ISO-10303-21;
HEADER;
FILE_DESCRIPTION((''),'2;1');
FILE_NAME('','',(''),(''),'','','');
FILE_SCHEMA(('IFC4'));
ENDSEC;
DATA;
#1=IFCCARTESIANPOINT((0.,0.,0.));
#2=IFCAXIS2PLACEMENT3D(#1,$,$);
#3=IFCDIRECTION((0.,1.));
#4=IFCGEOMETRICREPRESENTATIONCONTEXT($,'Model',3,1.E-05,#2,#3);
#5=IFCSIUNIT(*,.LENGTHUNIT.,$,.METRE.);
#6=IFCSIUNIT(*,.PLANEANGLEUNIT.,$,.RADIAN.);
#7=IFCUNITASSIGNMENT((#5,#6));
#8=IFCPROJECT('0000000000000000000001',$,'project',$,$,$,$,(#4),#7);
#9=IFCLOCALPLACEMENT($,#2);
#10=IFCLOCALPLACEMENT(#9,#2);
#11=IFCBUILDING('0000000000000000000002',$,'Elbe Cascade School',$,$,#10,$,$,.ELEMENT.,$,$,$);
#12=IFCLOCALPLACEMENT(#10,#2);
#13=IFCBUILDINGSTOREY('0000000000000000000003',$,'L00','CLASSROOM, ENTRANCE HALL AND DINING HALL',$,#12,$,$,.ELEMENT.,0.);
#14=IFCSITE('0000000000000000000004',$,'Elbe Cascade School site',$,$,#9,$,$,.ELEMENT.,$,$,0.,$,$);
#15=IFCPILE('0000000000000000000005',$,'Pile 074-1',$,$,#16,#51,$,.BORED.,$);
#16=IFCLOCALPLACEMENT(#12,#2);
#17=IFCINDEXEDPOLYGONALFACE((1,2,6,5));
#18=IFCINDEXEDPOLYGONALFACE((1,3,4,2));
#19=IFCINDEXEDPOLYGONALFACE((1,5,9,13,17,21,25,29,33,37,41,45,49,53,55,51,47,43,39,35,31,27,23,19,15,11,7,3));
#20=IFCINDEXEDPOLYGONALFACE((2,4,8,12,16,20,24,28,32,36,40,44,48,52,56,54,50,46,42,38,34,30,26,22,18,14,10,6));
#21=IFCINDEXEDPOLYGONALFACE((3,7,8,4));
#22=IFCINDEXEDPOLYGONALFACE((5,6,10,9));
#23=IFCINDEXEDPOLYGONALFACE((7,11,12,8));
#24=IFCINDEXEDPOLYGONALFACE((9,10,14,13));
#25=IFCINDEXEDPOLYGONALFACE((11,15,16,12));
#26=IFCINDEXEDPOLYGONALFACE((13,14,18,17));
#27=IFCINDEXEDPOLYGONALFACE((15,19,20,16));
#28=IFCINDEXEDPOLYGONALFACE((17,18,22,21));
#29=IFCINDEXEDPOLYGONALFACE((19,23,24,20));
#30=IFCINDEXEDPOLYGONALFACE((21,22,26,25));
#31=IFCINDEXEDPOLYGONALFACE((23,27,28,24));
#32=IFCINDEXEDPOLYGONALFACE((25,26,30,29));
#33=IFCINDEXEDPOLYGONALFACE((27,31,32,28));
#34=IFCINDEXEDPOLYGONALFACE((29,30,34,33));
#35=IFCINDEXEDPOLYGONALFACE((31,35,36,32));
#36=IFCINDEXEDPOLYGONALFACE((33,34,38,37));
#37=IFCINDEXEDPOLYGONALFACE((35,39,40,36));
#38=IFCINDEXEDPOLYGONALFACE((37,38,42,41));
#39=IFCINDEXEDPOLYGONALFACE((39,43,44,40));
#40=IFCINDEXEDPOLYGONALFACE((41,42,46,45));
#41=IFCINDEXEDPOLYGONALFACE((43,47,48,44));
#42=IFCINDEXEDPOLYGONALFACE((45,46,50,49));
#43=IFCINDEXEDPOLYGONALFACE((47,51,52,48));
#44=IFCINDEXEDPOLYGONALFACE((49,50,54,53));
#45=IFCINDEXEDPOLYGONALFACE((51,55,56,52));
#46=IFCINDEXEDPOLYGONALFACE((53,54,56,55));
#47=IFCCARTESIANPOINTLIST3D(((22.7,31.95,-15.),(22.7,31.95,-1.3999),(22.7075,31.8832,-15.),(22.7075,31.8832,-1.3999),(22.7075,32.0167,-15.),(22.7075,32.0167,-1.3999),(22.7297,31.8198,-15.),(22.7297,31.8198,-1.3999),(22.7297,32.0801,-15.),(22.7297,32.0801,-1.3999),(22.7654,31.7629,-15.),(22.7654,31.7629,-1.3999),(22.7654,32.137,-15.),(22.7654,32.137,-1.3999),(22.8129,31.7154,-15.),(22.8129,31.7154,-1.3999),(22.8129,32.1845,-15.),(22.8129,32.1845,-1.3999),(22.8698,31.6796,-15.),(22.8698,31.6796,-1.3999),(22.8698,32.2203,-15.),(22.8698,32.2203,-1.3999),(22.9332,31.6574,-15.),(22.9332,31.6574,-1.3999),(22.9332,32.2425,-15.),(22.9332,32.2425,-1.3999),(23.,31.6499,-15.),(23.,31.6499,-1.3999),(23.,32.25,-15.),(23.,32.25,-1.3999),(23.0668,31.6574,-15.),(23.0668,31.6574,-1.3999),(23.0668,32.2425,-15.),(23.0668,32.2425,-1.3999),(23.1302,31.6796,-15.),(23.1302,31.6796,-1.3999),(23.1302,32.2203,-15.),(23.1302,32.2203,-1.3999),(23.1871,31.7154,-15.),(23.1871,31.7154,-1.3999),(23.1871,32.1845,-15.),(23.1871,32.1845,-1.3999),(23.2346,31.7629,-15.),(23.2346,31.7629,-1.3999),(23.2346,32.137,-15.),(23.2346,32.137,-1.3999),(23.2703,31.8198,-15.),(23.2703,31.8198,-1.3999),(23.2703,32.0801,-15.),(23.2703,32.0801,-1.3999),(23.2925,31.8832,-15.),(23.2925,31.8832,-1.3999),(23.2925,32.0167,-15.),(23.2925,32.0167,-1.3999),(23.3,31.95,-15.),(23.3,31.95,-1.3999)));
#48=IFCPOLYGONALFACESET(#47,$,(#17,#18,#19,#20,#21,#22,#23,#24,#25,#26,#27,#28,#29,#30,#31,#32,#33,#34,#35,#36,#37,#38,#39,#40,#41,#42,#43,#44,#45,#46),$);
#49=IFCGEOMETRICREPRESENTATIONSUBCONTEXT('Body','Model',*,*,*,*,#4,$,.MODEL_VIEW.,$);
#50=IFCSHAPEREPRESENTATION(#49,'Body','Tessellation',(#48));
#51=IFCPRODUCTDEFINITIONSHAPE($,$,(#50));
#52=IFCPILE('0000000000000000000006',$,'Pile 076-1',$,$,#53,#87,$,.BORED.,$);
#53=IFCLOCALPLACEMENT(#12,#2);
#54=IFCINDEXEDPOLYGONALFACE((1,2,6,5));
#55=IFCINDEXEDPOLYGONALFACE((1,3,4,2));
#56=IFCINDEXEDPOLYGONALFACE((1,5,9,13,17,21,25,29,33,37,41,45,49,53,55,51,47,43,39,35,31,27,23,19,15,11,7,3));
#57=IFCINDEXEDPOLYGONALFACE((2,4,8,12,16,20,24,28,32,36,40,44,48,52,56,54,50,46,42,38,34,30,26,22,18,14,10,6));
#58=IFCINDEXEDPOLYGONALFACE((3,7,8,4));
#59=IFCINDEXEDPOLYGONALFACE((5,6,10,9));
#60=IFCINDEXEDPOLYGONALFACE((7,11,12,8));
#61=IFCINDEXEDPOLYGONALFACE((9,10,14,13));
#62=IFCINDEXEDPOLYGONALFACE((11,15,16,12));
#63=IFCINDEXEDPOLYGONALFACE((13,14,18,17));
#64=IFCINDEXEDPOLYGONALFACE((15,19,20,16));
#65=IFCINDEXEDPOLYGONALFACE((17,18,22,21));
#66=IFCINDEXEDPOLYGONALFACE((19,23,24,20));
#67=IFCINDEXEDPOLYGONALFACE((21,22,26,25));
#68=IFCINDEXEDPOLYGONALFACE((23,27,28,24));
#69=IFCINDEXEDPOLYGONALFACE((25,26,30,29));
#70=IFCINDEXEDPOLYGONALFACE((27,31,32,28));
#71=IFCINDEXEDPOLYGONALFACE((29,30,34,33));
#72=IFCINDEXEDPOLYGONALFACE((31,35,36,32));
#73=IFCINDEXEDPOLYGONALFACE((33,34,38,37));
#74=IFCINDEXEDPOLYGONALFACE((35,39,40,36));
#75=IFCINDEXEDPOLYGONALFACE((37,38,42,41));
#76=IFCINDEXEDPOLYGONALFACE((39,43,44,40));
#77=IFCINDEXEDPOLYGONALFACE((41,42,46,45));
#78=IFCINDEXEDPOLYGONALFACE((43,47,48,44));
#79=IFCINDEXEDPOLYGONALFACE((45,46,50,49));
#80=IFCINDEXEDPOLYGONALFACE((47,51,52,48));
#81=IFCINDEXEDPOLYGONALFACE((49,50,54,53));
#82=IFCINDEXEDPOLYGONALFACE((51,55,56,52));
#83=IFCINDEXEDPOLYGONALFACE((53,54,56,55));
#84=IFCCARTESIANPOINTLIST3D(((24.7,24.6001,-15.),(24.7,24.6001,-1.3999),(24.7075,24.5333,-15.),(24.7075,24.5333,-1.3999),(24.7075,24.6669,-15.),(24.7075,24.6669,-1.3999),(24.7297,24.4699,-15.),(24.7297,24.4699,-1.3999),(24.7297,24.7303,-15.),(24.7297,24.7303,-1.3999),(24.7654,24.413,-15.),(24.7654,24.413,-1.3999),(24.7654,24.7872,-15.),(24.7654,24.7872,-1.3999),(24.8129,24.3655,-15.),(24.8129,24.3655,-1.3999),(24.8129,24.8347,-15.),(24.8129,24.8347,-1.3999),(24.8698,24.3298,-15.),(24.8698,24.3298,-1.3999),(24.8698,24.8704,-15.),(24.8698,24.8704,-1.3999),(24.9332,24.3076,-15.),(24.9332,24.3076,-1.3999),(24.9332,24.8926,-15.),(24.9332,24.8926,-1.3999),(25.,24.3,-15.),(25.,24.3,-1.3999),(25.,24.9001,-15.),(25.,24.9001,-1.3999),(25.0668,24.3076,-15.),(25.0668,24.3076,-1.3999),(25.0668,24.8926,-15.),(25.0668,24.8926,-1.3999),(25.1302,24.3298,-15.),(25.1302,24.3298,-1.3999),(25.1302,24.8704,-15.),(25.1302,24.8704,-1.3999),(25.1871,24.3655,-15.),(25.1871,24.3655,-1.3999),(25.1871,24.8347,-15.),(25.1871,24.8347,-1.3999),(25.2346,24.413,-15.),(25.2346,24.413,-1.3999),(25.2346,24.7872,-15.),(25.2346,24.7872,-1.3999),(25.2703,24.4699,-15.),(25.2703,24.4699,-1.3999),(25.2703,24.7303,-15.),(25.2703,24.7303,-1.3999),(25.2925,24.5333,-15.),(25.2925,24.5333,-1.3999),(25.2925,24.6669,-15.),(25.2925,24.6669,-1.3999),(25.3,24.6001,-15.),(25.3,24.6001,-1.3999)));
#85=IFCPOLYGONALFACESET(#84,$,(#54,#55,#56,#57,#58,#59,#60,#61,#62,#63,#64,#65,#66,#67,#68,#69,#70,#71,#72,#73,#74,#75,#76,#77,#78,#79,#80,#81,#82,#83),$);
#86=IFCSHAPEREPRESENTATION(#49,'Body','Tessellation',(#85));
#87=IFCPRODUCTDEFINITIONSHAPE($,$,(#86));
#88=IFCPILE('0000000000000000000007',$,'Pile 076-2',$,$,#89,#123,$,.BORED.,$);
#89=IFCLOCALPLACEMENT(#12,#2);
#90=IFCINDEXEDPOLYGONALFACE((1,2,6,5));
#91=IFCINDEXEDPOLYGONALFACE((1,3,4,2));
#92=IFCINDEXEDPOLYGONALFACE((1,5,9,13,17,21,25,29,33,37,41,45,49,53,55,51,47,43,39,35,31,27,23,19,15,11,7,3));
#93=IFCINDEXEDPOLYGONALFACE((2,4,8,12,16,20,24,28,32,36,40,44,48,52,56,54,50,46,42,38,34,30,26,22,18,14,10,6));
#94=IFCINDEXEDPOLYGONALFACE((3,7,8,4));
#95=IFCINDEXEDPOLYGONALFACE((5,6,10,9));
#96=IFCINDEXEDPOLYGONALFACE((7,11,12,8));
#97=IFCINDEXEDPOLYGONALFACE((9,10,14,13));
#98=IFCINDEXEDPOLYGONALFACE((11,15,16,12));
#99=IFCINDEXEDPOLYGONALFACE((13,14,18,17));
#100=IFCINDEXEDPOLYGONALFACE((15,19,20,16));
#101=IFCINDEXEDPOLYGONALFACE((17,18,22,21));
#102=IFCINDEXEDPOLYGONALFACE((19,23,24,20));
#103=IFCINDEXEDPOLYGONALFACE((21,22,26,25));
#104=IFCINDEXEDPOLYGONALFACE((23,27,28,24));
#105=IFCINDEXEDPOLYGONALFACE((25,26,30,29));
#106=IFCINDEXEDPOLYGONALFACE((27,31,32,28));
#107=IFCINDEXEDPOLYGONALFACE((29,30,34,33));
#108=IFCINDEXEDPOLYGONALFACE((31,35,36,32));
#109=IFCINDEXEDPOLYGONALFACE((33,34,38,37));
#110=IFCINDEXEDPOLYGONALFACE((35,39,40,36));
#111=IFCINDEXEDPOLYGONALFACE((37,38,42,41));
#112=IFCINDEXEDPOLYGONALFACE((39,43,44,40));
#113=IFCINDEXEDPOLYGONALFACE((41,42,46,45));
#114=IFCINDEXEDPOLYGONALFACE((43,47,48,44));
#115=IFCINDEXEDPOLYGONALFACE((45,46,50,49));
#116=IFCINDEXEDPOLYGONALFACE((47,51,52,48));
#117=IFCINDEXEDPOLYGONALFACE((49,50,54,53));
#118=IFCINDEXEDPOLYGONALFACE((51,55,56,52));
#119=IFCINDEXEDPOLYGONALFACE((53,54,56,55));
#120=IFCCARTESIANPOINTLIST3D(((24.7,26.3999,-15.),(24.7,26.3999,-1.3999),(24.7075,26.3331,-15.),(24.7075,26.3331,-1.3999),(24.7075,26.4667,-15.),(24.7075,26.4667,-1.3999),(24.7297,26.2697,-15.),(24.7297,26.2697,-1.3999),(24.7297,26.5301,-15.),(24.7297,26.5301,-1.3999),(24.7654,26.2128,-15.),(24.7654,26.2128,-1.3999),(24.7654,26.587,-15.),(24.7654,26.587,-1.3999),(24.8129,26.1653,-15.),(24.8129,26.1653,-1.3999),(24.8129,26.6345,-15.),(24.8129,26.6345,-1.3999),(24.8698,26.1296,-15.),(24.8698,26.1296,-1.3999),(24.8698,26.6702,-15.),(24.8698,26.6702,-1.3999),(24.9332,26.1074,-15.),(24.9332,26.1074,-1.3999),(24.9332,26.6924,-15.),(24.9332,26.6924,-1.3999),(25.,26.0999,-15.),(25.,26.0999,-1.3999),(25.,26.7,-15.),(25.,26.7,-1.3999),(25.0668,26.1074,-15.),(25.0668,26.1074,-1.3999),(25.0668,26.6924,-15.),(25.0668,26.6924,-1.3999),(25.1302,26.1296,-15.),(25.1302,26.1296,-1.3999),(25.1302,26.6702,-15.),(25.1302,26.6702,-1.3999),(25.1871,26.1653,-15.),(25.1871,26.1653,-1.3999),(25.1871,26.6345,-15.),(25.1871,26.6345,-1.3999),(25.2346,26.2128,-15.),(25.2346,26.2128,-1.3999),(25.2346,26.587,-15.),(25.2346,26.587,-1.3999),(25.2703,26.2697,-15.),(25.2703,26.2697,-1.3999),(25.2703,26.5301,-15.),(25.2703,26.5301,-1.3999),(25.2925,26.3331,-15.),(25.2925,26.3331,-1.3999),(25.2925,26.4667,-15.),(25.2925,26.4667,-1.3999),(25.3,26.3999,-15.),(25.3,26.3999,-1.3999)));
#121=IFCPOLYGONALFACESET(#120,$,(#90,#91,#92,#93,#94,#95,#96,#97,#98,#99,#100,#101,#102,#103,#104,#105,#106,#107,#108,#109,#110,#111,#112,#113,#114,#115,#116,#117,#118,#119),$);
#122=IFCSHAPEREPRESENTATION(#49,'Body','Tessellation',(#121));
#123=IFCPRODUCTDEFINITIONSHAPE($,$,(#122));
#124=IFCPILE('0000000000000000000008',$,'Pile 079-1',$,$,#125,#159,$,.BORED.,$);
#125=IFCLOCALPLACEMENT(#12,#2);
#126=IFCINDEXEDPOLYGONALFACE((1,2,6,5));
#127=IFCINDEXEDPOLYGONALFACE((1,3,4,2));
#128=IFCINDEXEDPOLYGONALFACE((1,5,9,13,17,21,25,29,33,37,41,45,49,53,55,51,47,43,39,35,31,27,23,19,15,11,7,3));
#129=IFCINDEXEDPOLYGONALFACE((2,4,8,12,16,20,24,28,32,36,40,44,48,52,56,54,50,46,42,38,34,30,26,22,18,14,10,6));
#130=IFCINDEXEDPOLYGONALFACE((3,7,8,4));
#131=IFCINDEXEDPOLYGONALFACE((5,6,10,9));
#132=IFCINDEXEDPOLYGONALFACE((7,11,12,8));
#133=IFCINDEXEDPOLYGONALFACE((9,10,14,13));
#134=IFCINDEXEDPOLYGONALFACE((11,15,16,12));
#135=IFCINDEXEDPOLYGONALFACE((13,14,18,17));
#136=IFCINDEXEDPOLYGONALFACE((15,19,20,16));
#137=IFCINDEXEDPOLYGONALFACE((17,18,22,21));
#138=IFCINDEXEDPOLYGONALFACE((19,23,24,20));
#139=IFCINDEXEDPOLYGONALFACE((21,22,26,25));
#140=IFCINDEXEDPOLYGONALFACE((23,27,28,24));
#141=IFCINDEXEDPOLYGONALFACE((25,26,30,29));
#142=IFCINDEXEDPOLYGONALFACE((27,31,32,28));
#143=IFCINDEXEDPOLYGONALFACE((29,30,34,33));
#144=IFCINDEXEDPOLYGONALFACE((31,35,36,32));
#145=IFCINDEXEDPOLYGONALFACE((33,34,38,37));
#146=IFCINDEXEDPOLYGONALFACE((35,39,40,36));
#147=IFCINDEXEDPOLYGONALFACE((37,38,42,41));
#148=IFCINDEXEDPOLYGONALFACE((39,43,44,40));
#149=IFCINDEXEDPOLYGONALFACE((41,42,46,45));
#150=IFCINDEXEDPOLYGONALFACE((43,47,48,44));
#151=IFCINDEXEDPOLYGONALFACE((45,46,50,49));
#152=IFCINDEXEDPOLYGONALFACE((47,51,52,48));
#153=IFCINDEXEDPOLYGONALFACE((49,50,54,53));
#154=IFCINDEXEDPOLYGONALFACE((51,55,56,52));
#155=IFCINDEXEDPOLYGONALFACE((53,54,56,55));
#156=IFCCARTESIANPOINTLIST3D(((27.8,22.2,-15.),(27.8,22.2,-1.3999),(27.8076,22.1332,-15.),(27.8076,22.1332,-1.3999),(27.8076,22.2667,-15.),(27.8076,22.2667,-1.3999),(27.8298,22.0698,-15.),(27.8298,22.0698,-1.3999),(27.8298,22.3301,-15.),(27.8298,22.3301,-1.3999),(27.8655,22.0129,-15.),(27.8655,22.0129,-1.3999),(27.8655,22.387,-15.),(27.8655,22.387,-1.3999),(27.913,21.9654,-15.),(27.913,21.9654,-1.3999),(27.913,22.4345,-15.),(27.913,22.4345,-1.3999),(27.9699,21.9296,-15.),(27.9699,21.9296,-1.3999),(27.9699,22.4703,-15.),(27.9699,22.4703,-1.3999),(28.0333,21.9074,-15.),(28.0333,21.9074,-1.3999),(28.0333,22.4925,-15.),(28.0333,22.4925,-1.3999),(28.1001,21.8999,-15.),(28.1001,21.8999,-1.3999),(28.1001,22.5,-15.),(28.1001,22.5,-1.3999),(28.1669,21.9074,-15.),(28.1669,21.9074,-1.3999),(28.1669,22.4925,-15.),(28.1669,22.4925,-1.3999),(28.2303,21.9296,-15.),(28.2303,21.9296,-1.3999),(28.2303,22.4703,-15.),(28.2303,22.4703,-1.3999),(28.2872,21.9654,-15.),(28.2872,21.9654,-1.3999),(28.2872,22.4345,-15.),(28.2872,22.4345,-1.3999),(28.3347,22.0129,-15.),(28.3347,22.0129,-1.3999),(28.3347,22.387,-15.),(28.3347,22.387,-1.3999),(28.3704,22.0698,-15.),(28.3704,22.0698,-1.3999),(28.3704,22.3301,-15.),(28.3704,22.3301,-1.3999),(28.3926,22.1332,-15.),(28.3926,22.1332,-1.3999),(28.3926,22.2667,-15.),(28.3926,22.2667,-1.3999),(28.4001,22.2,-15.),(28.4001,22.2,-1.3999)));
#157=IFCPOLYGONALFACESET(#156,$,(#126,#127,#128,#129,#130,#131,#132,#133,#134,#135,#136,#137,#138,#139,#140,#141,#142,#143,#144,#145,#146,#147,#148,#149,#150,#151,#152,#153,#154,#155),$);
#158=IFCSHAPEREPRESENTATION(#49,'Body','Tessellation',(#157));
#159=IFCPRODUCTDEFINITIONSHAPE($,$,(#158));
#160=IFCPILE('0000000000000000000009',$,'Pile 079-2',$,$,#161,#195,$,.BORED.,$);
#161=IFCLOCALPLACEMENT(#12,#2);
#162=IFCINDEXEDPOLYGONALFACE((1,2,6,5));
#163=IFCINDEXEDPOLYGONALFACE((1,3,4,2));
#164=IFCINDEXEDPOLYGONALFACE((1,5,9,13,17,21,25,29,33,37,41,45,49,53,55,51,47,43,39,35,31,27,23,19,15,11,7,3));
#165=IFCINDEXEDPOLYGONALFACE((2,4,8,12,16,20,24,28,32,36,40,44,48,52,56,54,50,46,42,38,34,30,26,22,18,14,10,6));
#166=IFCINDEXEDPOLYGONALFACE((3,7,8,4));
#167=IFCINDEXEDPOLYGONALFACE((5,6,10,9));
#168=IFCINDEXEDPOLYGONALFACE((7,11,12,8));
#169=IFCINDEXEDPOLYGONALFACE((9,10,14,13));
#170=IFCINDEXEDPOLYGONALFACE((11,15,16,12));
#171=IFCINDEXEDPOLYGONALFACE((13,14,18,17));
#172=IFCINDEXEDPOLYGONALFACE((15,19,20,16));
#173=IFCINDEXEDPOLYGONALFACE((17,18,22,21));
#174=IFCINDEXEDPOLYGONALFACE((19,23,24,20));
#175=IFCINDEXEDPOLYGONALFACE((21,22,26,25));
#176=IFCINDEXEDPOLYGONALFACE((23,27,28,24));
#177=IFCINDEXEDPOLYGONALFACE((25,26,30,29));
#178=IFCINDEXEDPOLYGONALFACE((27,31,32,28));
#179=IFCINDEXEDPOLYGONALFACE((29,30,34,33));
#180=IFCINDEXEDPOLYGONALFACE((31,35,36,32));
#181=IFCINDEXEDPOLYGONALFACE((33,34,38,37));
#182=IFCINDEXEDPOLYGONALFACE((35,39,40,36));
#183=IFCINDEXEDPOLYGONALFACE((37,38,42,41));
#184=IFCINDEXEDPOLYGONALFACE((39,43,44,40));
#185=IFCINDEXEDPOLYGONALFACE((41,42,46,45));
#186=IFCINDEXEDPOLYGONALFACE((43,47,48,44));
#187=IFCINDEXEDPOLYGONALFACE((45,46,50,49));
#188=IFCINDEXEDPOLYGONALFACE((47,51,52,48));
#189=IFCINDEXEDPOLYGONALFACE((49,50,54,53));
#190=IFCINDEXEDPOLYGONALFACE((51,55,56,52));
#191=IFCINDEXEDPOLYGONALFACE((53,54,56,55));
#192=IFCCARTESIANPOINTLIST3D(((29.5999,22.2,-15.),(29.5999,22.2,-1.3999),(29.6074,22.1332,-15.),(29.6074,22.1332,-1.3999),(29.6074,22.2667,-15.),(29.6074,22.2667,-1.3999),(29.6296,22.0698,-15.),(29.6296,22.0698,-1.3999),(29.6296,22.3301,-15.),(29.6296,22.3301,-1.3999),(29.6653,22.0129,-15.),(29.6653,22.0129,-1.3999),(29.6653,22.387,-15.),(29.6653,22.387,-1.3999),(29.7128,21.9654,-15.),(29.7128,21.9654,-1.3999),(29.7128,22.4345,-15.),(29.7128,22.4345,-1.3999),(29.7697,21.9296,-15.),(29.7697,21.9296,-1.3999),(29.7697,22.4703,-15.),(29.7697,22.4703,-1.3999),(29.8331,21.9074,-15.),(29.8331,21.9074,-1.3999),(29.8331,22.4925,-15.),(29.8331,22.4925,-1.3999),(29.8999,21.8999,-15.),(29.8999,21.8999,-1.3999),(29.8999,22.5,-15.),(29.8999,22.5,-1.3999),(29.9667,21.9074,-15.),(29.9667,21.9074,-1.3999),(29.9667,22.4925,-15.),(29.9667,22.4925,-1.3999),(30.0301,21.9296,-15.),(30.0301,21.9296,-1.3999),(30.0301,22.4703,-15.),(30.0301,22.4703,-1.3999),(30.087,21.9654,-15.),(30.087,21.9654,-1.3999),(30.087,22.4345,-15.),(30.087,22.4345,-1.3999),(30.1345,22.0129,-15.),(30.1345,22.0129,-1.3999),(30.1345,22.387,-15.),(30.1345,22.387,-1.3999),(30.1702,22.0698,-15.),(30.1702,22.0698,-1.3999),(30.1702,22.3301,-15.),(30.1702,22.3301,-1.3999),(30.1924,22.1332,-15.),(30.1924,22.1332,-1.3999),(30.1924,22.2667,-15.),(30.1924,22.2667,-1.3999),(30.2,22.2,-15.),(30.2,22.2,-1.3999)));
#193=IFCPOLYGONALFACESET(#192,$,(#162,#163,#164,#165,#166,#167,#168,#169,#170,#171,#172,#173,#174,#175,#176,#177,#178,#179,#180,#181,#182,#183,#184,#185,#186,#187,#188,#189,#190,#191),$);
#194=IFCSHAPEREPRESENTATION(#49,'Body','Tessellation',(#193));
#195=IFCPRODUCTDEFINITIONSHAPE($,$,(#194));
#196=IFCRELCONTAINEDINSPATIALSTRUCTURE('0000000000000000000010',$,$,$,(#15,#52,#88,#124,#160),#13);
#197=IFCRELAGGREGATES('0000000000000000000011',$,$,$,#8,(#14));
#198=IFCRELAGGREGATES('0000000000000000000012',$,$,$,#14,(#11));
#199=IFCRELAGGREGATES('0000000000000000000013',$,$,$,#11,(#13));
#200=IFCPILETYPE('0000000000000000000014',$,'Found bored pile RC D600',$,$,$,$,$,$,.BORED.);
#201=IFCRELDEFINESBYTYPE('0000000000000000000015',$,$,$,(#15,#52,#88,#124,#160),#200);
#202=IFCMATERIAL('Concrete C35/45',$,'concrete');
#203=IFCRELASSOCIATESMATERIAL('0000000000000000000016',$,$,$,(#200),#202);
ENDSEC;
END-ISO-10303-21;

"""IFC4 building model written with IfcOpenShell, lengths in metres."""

from ifc_helpers import new_model, si_unit, direction, frame, origin, origin_2d, place, context, subcontext, project, spatial, circle, extrude, material, material_profile, profile_set, type_object, element, save


model = new_model("IFC4")

# Units and contexts
model_context = context("Model", 3, precision=1e-05, world=origin(), true_north=direction((0.0, 1.0)))
body_context = subcontext(model_context, "Body", "Model", "MODEL_VIEW")
ifc_project = project(units=[si_unit("LENGTHUNIT", "METRE"), si_unit("PLANEANGLEUNIT", "RADIAN")], contexts=[model_context])

# Site, building, storey
site_placement = place(None, origin())
site = spatial("IfcSite", under=ifc_project, at=site_placement, Name="Elbe Cascade School site", CompositionType="ELEMENT", RefElevation=0.0)
building_placement = place(site_placement, origin())
building = spatial("IfcBuilding", under=site, at=building_placement, Name="Elbe Cascade School", CompositionType="ELEMENT")
storey_placement = place(building_placement, origin())
storey = spatial("IfcBuildingStorey", under=building, at=storey_placement, Name="L00", Description="CLASSROOM, ENTRANCE HALL AND DINING HALL", CompositionType="ELEMENT", Elevation=0.0)

# Piles
ifc_material_1 = material(Name="Concrete C35/45", Category="concrete")
ifc_material_profile_1 = material_profile(ifc_material_1, circle(Radius=0.3, at=origin_2d()), Name="RC D600")
ifc_profile_set_1 = profile_set([ifc_material_profile_1], Name="Concrete C35/45")
pile_type = type_object("IfcPileType", Name="Found bored pile RC D600", PredefinedType="BORED", material=ifc_profile_set_1)
for number, where, z_axis, x_axis, name in (
    (1, (23.0, 31.95, -1.3999), (0.0, 0.0, -1.0), (1.0, 0.0, 0.0), "Pile 074-1"),
    (2, (25.0, 24.6001, -1.3999), (0.0, 0.0, -1.0), (1.0, 0.0, 0.0), "Pile 076-1"),
    (3, (25.0, 26.3999, -1.3999), (0.0, 0.0, -1.0), (1.0, 0.0, 0.0), "Pile 076-2"),
    (4, (28.1001, 22.2, -1.3999), (0.0, 0.0, -1.0), (1.0, 0.0, 0.0), "Pile 079-1"),
    (5, (29.8999, 22.2, -1.3999), (0.0, 0.0, -1.0), (1.0, 0.0, 0.0), "Pile 079-2"),
):
    element("IfcPile", number, at=place(storey_placement, frame(where, z_axis=z_axis, x_axis=x_axis)), inside=storey, type_object=pile_type, Name=name, PredefinedType="BORED", context=body_context, shape_type="SweptSolid", body=[
        extrude(circle(Radius=0.3, at=origin_2d()), origin(), (0.0, 0.0, 1.0), 13.6001),
    ])

save(model, "model.ifc")
